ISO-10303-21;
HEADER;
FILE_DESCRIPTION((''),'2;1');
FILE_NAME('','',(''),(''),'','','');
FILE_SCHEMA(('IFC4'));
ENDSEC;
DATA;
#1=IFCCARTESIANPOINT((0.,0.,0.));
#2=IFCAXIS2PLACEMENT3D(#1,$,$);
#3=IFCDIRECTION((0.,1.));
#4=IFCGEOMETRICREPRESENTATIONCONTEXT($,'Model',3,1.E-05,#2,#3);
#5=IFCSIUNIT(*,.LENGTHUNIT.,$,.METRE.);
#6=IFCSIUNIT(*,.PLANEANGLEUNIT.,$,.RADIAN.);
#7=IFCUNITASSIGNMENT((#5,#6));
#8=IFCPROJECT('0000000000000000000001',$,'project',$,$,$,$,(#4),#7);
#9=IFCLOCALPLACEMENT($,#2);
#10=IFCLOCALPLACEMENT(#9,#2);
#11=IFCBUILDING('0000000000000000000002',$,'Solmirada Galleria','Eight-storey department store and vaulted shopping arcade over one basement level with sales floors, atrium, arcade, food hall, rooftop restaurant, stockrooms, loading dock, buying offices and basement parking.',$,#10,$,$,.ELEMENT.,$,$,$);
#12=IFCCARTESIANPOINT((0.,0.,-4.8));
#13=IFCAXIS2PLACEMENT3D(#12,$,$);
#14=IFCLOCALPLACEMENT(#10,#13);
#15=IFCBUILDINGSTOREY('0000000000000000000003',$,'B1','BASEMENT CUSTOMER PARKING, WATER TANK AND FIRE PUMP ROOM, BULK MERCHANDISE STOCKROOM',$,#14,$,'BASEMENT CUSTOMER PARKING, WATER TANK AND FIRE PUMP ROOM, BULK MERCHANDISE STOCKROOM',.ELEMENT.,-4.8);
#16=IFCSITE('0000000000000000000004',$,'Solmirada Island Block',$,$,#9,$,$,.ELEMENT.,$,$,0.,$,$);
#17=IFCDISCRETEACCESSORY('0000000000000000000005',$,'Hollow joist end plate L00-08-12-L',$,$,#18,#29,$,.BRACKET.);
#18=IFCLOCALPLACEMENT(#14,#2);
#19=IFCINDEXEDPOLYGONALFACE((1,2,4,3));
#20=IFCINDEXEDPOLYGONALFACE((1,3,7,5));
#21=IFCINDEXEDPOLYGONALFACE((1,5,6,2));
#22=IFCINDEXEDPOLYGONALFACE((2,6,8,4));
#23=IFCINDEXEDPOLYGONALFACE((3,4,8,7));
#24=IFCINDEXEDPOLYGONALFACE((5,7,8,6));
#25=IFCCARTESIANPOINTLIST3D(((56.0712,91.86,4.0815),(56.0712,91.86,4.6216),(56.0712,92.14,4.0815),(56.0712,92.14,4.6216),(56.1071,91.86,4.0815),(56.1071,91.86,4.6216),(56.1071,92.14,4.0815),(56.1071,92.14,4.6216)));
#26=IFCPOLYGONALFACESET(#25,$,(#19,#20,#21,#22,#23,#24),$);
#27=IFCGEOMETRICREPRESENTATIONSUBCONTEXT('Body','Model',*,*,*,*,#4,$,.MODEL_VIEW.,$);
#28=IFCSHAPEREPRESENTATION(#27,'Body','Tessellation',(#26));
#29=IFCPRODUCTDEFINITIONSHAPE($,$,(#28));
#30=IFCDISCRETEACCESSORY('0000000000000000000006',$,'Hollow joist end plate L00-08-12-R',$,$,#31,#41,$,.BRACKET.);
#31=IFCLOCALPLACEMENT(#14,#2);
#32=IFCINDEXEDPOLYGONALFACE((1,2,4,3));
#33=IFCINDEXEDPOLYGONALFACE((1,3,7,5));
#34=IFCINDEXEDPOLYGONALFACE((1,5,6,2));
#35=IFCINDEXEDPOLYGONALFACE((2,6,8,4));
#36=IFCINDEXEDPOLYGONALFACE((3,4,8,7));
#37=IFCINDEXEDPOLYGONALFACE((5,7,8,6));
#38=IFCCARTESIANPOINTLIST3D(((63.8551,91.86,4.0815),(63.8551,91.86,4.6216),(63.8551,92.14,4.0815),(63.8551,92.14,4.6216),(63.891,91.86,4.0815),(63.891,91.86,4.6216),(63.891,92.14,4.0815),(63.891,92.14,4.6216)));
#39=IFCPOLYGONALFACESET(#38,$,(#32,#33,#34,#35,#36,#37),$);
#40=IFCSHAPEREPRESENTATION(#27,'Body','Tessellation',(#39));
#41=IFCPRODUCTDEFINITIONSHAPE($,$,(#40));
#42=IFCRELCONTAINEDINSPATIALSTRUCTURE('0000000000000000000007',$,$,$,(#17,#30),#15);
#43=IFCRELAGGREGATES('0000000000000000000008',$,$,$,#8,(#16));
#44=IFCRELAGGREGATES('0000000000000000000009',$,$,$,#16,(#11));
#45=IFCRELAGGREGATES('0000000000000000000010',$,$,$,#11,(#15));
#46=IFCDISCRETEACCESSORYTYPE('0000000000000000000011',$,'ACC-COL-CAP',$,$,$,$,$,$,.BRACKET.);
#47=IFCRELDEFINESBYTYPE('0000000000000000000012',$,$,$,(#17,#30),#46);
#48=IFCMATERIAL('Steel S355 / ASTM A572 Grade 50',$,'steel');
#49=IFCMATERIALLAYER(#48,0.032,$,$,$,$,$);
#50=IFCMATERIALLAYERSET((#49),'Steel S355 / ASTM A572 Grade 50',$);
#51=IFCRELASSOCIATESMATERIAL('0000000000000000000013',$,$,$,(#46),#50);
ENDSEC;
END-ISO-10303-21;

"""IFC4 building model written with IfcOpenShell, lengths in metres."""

from ifc_helpers import new_model, si_unit, direction, frame, origin, origin_2d, place, context, subcontext, project, spatial, rectangle, extrude, material, layer, layer_set, type_object, element, save


model = new_model("IFC4")

# Units and contexts
model_context = context("Model", 3, precision=1e-05, world=origin(), true_north=direction((0.0, 1.0)))
body_context = subcontext(model_context, "Body", "Model", "MODEL_VIEW")
ifc_project = project(units=[si_unit("LENGTHUNIT", "METRE"), si_unit("PLANEANGLEUNIT", "RADIAN")], contexts=[model_context])

# Site, building, storey
site_placement = place(None, origin())
site = spatial("IfcSite", under=ifc_project, at=site_placement, Name="Solmirada Island Block", CompositionType="ELEMENT", RefElevation=0.0)
building_placement = place(site_placement, origin())
building = spatial("IfcBuilding", under=site, at=building_placement, Name="Solmirada Galleria", Description="Eight-storey department store and vaulted shopping arcade over one basement level with sales floors, atrium, arcade, food hall, rooftop restaurant, stockrooms, loading dock, buying offices and basement parking.", CompositionType="ELEMENT")
storey_placement = place(building_placement, frame((0.0, 0.0, -4.8)))
storey = spatial("IfcBuildingStorey", under=building, at=storey_placement, Name="B1", Description="BASEMENT CUSTOMER PARKING, WATER TANK AND FIRE PUMP ROOM, BULK MERCHANDISE STOCKROOM", LongName="BASEMENT CUSTOMER PARKING, WATER TANK AND FIRE PUMP ROOM, BULK MERCHANDISE STOCKROOM", CompositionType="ELEMENT", Elevation=-4.8)

# Discrete accessories
ifc_material_1 = material(Name="Steel S355 / ASTM A572 Grade 50", Category="steel")
ifc_layer = layer(ifc_material_1, 0.032)
ifc_layer_set = layer_set([ifc_layer], Name="Steel S355 / ASTM A572 Grade 50")
discrete_accessory_type_1 = type_object("IfcDiscreteAccessoryType", Name="ACC-COL-CAP", PredefinedType="BRACKET", material=ifc_layer_set)
for number, where, z_axis, x_axis, name in (
    (1, (56.0891, 92.0, 4.0815), (0.0, 0.0, 1.0), (1.0, 0.0, 0.0), "Hollow joist end plate L00-08-12-L"),
    (2, (63.873, 92.0, 4.0815), (0.0, 0.0, 1.0), (1.0, 0.0, 0.0), "Hollow joist end plate L00-08-12-R"),
):
    element("IfcDiscreteAccessory", number, at=place(storey_placement, frame(where, z_axis=z_axis, x_axis=x_axis)), inside=storey, type_object=discrete_accessory_type_1, Name=name, PredefinedType="BRACKET", context=body_context, shape_type="SweptSolid", body=[
        extrude(rectangle(XDim=0.0359, YDim=0.28, at=origin_2d()), origin(), (0.0, 0.0, 1.0), 0.54),
    ])

save(model, "model.ifc")
